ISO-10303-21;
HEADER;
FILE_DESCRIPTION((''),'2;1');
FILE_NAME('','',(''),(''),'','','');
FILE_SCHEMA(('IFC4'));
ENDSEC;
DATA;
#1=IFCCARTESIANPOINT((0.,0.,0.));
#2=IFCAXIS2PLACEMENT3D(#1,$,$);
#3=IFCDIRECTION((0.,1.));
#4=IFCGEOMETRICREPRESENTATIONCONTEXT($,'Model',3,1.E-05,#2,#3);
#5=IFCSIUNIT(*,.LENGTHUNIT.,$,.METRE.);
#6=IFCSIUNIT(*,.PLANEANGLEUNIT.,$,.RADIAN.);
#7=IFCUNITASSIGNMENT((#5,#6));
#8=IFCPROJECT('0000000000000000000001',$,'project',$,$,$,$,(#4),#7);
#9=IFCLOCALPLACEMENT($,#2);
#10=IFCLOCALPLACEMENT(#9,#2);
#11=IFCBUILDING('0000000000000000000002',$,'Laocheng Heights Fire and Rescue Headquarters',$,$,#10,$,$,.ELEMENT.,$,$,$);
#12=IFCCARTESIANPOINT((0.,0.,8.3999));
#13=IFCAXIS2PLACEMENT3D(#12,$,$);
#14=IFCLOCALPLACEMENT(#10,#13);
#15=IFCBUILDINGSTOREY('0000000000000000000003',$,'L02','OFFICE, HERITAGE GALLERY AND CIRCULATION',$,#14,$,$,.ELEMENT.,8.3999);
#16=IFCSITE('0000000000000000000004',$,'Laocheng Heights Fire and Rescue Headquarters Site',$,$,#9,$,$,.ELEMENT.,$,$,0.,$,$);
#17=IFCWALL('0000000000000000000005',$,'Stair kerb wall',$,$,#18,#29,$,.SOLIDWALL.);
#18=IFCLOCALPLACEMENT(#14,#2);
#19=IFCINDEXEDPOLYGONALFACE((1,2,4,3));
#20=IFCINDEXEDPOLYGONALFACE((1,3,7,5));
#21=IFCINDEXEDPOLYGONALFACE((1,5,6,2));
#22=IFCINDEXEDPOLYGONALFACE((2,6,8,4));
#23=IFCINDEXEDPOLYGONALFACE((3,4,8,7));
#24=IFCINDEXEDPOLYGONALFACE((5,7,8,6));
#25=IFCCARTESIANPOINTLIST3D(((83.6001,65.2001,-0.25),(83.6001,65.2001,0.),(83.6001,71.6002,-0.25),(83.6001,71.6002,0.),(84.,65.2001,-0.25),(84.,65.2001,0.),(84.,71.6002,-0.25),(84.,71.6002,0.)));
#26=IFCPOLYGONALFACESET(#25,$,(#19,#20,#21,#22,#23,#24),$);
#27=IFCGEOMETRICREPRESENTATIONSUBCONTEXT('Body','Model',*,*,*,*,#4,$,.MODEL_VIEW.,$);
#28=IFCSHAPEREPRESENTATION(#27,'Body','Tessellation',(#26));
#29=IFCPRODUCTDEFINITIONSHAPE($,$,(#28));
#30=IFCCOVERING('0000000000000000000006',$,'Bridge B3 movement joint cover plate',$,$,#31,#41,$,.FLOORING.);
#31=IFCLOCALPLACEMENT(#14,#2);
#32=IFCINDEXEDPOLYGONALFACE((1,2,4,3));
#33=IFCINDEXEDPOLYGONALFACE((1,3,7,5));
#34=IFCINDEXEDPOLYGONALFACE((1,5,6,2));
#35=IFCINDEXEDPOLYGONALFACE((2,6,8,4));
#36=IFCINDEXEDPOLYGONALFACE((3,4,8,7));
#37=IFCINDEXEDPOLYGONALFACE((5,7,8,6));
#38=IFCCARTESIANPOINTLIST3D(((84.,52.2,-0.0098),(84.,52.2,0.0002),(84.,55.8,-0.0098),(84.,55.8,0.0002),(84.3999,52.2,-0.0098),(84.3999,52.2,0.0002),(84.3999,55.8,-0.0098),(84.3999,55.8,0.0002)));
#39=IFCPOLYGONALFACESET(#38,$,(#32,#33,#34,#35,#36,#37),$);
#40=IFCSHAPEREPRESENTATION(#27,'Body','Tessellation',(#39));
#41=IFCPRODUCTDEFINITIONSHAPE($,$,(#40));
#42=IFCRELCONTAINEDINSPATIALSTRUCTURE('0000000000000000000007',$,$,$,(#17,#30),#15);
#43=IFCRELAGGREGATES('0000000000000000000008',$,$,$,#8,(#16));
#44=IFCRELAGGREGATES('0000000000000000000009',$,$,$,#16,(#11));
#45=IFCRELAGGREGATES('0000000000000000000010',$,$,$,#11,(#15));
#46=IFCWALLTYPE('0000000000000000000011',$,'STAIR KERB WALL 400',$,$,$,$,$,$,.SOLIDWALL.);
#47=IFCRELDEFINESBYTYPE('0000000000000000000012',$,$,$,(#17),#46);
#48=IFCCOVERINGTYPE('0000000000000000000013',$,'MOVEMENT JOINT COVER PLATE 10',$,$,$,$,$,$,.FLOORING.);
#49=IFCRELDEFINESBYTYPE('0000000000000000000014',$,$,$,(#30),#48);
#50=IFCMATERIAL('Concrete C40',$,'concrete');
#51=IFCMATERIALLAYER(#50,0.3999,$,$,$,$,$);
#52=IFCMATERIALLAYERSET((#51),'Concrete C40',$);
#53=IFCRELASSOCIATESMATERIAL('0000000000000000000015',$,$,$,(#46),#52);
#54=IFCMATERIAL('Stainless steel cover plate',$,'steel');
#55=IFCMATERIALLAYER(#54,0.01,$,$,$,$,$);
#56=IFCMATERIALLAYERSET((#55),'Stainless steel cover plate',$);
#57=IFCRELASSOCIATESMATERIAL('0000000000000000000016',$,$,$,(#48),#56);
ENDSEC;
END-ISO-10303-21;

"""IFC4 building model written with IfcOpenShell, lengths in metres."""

from ifc_helpers import new_model, si_unit, direction, frame, frame_2d, origin, origin_2d, place, context, subcontext, project, spatial, rectangle, extrude, material, layer, layer_set, type_object, element, save


model = new_model("IFC4")

# Units and contexts
model_context = context("Model", 3, precision=1e-05, world=origin(), true_north=direction((0.0, 1.0)))
body_context = subcontext(model_context, "Body", "Model", "MODEL_VIEW")
ifc_project = project(units=[si_unit("LENGTHUNIT", "METRE"), si_unit("PLANEANGLEUNIT", "RADIAN")], contexts=[model_context])

# Site, building, storey
site_placement = place(None, origin())
site = spatial("IfcSite", under=ifc_project, at=site_placement, Name="Laocheng Heights Fire and Rescue Headquarters Site", CompositionType="ELEMENT", RefElevation=0.0)
building_placement = place(site_placement, origin())
building = spatial("IfcBuilding", under=site, at=building_placement, Name="Laocheng Heights Fire and Rescue Headquarters", CompositionType="ELEMENT")
storey_placement = place(building_placement, frame((0.0, 0.0, 8.3999)))
storey = spatial("IfcBuildingStorey", under=building, at=storey_placement, Name="L02", Description="OFFICE, HERITAGE GALLERY AND CIRCULATION", CompositionType="ELEMENT", Elevation=8.3999)

# Wall
ifc_material_1 = material(Name="Concrete C40", Category="concrete")
ifc_layer_1 = layer(ifc_material_1, 0.3999)
ifc_layer_set_1 = layer_set([ifc_layer_1], Name="Concrete C40")
wall_type_1 = type_object("IfcWallType", Name="STAIR KERB WALL 400", PredefinedType="SOLIDWALL", material=ifc_layer_set_1)
wall_1_placement = place(storey_placement, frame((83.8, 65.2, -0.25), z_axis=(0.0, 0.0, 1.0), x_axis=(0.0, 1.0, 0.0)))
element("IfcWall", 1, at=wall_1_placement, inside=storey, type_object=wall_type_1, Name="Stair kerb wall", PredefinedType="SOLIDWALL", context=body_context, shape_type="SweptSolid", body=[
    extrude(rectangle(XDim=6.4001, YDim=0.3999, at=frame_2d((3.2002, 0.0))), origin(), (0.0, 0.0, 1.0), 0.25),
])

# Covering
ifc_material_2 = material(Name="Stainless steel cover plate", Category="steel")
ifc_layer_2 = layer(ifc_material_2, 0.01)
ifc_layer_set_2 = layer_set([ifc_layer_2], Name="Stainless steel cover plate")
covering_type = type_object("IfcCoveringType", Name="MOVEMENT JOINT COVER PLATE 10", PredefinedType="FLOORING", material=ifc_layer_set_2)
covering_placement = place(storey_placement, frame((84.2, 54.0, -0.0098), z_axis=(0.0, 0.0, 1.0), x_axis=(1.0, 0.0, 0.0)))
element("IfcCovering", 2, at=covering_placement, inside=storey, type_object=covering_type, Name="Bridge B3 movement joint cover plate", PredefinedType="FLOORING", context=body_context, shape_type="SweptSolid", body=[
    extrude(rectangle(XDim=0.3999, YDim=3.6001, at=origin_2d()), origin(), (0.0, 0.0, 1.0), 0.01),
])

save(model, "model.ifc")
